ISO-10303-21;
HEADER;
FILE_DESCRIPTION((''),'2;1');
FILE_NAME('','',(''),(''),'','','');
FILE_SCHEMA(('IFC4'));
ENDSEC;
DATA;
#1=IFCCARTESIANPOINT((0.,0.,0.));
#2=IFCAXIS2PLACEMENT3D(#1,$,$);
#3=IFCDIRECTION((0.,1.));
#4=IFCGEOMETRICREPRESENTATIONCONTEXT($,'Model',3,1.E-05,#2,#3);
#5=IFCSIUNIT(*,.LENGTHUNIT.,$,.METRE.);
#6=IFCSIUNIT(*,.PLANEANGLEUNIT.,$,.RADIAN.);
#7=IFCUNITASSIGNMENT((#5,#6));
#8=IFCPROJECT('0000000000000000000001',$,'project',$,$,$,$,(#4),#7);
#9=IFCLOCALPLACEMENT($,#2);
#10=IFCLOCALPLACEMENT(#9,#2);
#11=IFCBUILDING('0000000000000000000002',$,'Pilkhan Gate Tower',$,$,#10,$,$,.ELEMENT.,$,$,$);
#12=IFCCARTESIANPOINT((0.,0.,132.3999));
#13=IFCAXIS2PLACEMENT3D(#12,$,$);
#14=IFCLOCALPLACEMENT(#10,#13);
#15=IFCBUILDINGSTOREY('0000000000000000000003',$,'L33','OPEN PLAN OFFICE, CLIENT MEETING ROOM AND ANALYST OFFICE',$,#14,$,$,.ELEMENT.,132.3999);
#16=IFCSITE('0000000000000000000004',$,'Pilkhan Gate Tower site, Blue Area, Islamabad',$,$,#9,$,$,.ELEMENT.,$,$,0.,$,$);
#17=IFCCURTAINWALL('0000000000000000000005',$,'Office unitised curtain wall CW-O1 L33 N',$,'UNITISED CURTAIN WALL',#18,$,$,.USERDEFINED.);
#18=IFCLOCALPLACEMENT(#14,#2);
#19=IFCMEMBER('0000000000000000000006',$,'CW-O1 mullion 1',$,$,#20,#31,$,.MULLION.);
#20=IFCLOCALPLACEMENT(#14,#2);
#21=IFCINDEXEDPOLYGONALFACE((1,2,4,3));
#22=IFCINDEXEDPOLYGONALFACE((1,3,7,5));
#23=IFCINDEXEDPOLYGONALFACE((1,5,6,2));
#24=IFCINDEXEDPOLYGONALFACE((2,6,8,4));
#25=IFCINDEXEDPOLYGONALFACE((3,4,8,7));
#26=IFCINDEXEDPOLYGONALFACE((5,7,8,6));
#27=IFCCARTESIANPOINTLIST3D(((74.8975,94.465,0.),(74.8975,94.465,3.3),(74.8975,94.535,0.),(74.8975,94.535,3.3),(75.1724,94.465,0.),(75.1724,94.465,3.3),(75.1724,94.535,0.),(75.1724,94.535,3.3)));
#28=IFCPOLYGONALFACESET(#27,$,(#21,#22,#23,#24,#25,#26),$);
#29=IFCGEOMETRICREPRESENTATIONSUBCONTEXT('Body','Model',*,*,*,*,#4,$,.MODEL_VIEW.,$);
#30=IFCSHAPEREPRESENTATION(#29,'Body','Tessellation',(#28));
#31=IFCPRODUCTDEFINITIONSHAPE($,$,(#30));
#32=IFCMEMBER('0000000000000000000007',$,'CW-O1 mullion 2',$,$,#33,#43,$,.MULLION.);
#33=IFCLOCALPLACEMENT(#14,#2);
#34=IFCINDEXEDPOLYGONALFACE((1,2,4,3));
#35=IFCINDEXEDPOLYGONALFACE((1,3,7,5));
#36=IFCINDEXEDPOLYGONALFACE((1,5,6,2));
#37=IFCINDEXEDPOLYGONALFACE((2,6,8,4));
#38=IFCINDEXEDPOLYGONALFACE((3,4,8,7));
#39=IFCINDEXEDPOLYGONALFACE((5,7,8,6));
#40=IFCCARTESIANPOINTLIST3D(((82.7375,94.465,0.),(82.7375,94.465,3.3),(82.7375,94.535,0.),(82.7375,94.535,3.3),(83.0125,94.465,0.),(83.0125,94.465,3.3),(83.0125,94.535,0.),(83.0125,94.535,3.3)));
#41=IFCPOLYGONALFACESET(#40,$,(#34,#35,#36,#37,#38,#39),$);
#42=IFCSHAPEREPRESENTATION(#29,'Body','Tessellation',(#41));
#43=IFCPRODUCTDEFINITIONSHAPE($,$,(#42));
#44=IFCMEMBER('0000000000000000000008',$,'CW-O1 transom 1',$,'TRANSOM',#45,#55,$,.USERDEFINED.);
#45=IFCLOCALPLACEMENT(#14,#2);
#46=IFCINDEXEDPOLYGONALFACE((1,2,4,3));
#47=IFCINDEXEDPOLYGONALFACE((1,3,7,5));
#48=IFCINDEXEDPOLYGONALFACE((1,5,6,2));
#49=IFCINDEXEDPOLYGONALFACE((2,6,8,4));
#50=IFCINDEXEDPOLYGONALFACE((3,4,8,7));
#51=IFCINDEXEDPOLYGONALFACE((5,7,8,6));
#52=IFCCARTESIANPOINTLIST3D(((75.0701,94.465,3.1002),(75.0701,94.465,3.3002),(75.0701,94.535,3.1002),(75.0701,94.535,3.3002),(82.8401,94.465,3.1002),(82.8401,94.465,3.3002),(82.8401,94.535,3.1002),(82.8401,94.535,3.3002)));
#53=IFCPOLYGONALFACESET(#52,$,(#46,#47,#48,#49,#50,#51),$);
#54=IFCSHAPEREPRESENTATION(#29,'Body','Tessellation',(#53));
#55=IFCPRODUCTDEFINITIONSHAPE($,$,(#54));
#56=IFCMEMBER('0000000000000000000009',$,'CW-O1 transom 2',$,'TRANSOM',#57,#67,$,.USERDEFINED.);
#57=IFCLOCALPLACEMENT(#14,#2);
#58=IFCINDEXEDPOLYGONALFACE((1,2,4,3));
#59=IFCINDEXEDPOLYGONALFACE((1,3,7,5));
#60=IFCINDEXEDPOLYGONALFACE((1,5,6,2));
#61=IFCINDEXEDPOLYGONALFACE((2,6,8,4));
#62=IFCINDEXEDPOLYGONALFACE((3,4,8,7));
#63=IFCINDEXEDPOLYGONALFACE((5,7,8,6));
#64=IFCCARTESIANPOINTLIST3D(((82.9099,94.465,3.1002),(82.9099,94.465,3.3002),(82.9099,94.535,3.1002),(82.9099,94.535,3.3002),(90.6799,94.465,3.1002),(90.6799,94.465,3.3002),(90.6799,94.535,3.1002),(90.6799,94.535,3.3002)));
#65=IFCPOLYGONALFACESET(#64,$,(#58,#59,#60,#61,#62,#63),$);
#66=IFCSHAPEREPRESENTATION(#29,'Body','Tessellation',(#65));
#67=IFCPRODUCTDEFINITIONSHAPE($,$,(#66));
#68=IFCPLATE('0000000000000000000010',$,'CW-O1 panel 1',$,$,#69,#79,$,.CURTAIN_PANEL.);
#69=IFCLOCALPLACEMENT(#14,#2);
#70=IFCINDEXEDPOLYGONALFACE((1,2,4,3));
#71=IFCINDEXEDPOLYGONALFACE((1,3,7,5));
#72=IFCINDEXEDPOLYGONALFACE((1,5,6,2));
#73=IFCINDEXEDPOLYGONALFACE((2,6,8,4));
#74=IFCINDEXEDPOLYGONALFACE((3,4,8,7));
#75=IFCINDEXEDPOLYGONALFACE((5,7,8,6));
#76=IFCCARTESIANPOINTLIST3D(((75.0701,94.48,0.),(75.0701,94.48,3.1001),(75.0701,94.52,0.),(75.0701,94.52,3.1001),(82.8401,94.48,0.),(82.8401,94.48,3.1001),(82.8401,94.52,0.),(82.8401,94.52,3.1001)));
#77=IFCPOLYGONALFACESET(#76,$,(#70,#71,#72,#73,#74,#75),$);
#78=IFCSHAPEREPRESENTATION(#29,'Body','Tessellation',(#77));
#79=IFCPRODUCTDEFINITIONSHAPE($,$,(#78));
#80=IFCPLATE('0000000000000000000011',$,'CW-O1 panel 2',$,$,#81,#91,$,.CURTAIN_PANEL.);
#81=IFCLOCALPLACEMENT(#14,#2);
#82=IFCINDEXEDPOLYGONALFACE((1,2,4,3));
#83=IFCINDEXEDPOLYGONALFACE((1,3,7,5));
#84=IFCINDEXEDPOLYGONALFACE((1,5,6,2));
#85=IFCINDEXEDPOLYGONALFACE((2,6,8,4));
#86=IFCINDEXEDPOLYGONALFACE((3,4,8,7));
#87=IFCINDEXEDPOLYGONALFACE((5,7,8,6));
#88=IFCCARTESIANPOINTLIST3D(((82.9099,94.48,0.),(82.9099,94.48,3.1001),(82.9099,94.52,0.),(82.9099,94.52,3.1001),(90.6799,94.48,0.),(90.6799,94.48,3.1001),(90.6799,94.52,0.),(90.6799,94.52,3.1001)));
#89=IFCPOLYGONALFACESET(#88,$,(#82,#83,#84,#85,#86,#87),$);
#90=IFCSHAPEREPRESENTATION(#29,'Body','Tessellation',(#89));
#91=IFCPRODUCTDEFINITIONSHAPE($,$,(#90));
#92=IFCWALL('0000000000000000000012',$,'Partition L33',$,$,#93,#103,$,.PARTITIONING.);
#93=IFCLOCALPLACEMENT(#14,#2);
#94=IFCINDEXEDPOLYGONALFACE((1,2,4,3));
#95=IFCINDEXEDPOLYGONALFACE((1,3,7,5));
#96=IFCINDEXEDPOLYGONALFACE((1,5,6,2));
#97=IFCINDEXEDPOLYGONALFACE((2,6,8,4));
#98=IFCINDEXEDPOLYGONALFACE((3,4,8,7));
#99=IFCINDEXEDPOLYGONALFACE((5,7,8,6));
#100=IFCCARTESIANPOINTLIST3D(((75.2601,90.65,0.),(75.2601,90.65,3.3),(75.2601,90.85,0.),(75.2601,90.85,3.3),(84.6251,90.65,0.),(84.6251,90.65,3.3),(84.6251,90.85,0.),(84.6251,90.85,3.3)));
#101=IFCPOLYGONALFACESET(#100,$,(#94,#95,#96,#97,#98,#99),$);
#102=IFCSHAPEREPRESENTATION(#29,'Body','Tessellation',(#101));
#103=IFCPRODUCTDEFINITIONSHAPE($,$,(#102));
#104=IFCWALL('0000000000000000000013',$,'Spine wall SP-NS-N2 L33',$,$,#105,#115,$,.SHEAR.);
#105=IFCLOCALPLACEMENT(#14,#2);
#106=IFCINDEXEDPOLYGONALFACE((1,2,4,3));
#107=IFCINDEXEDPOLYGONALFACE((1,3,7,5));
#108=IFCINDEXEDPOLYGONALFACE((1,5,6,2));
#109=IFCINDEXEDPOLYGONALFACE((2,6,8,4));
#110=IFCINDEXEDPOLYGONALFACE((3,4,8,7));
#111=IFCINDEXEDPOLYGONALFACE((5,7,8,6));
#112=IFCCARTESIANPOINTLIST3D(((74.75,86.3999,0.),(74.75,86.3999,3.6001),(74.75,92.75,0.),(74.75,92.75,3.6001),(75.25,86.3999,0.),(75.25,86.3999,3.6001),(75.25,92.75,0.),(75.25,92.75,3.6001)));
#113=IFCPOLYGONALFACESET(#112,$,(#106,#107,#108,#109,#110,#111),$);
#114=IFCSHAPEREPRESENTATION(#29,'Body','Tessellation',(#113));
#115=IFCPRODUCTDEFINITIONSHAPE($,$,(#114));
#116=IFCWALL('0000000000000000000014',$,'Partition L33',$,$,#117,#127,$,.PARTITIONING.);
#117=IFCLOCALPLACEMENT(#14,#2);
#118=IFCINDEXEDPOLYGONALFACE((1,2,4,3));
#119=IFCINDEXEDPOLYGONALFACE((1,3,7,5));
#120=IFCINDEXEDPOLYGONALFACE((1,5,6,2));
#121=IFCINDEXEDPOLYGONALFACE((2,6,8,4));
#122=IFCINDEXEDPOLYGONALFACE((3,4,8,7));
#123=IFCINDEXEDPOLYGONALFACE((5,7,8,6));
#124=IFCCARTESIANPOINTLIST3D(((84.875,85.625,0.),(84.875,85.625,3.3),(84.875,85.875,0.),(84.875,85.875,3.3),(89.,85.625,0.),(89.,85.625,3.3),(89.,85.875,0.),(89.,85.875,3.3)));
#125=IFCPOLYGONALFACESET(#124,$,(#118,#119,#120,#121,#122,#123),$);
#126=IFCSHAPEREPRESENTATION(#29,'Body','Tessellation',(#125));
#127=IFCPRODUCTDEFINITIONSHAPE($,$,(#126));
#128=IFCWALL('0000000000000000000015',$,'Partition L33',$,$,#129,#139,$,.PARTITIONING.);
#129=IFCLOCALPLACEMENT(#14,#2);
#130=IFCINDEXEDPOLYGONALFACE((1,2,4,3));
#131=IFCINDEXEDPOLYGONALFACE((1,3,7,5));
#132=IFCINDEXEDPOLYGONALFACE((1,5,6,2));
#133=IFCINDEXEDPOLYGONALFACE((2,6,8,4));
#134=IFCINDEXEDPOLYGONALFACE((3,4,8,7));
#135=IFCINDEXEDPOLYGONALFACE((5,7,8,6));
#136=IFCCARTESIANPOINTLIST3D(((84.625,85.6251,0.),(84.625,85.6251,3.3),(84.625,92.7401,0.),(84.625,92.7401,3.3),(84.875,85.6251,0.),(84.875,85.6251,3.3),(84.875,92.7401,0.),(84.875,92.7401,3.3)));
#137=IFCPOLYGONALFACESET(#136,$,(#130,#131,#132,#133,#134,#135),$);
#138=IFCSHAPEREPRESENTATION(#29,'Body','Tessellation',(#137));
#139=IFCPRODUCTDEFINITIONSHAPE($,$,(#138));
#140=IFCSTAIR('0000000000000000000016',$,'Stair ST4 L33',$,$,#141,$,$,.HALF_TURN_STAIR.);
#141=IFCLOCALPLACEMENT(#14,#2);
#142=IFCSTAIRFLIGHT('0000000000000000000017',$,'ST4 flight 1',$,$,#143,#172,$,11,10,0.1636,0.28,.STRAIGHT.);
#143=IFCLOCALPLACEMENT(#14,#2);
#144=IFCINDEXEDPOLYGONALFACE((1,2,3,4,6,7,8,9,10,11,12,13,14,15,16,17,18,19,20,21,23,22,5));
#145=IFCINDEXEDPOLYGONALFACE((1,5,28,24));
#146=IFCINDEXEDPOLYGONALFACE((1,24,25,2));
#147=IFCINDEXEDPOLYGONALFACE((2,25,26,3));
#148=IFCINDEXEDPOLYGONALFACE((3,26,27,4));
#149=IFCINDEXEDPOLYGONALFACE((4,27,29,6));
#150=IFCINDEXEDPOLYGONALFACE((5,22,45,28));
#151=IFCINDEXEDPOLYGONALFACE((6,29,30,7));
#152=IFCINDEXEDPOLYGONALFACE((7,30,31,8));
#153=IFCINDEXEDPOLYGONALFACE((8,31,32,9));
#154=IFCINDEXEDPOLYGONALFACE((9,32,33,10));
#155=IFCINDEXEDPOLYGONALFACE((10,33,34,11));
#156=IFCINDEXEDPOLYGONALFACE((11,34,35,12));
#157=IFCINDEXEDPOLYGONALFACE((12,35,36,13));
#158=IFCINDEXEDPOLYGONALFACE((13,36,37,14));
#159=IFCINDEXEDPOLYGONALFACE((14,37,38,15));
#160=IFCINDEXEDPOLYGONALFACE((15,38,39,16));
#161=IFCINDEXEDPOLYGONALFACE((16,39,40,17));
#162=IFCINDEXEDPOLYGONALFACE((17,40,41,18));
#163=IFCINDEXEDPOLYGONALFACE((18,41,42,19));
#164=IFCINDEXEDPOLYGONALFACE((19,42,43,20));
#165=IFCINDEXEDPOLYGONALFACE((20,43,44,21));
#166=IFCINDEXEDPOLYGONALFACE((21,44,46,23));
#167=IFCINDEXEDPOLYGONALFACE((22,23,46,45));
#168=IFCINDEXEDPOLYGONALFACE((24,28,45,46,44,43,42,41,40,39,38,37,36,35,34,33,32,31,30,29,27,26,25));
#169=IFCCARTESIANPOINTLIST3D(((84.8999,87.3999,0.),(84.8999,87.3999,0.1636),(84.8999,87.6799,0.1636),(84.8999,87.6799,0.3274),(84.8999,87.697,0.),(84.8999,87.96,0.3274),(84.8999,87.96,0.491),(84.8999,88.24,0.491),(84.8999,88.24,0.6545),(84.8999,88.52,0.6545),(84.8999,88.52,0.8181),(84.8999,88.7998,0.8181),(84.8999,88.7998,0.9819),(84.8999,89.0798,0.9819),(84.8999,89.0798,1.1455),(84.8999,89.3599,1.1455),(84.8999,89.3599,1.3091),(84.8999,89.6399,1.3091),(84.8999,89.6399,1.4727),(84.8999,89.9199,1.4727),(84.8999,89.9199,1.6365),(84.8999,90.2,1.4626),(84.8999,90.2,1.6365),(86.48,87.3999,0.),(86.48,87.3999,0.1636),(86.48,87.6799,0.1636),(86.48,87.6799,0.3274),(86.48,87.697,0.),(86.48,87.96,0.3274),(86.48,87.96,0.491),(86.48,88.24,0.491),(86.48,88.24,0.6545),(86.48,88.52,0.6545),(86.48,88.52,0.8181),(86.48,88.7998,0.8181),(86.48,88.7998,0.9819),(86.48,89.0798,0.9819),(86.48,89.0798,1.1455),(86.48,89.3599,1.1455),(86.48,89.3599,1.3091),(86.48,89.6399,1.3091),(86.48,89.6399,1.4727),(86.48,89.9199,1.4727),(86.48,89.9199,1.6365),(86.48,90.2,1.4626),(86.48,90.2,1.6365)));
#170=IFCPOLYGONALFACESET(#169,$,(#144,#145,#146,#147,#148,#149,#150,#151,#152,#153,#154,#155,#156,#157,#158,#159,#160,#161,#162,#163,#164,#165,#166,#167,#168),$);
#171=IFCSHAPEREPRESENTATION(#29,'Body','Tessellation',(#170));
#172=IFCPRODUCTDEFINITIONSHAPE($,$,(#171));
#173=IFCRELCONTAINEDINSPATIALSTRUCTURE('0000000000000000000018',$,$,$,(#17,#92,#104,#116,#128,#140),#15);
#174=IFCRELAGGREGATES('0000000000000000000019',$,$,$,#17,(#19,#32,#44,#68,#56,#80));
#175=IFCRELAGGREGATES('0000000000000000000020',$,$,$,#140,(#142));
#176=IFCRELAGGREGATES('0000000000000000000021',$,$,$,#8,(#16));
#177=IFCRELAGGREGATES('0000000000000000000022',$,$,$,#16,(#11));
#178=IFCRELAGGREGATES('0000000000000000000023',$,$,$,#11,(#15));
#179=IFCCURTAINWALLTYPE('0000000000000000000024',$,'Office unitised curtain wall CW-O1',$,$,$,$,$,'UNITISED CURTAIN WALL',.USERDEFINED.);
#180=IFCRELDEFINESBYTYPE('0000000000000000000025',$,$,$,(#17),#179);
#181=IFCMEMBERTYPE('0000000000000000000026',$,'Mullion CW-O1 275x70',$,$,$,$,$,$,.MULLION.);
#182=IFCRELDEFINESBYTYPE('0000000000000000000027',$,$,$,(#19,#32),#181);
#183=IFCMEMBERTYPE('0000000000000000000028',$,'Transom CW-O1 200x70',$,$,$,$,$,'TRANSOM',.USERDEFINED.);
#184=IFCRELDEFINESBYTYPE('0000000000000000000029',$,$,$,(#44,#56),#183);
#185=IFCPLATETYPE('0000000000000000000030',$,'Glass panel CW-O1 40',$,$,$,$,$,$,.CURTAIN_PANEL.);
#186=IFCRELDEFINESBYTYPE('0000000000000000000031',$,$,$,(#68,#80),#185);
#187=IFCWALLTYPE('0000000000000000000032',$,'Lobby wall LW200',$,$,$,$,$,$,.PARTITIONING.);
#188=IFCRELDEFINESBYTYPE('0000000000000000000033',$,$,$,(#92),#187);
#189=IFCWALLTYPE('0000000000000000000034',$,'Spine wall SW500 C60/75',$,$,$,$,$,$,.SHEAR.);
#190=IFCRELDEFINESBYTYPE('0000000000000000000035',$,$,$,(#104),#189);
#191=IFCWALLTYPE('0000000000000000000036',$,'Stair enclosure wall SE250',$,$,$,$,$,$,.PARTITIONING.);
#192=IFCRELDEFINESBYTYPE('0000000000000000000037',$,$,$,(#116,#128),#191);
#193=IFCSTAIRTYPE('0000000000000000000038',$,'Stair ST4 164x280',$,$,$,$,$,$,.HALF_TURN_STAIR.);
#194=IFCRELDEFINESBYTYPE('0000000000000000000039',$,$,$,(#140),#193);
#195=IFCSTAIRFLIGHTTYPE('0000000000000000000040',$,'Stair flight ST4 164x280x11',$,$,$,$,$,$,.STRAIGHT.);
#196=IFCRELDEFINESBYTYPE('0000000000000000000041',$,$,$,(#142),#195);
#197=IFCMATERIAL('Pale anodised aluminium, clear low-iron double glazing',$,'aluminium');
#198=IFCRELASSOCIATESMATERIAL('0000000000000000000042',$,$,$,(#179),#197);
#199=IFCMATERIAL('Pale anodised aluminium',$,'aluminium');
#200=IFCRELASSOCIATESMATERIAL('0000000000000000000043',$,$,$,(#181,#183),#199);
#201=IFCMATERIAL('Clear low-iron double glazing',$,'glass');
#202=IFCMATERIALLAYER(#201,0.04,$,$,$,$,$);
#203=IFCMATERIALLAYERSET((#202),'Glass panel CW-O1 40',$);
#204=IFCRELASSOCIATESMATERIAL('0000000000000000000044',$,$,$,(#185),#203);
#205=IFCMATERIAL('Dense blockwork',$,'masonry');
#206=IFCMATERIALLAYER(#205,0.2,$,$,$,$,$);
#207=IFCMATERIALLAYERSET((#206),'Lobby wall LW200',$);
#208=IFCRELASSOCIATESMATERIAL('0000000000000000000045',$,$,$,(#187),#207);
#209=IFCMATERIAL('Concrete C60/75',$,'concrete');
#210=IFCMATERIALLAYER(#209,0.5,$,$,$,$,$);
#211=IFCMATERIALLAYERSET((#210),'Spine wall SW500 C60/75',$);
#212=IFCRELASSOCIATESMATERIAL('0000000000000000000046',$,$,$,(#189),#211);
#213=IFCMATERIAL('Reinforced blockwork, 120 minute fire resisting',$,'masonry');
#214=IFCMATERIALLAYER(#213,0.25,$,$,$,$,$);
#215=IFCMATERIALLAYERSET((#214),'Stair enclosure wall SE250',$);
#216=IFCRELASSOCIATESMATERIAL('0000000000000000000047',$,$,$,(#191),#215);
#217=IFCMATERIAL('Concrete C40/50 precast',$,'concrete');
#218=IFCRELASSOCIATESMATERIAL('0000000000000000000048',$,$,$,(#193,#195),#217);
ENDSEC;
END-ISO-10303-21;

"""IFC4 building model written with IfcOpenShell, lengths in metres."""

from ifc_helpers import new_model, si_unit, direction, frame, frame_2d, origin, origin_2d, place, context, subcontext, project, spatial, polyline, rectangle, outline, extrude, material, layer, layer_set, material_profile, profile_set, type_object, element, aggregate, save


model = new_model("IFC4")

# Units and contexts
model_context = context("Model", 3, precision=1e-05, world=origin(), true_north=direction((0.0, 1.0)))
body_context = subcontext(model_context, "Body", "Model", "MODEL_VIEW")
ifc_project = project(units=[si_unit("LENGTHUNIT", "METRE"), si_unit("PLANEANGLEUNIT", "RADIAN")], contexts=[model_context])

# Site, building, storey
site_placement = place(None, origin())
site = spatial("IfcSite", under=ifc_project, at=site_placement, Name="Pilkhan Gate Tower site, Blue Area, Islamabad", CompositionType="ELEMENT", RefElevation=0.0)
building_placement = place(site_placement, origin())
building = spatial("IfcBuilding", under=site, at=building_placement, Name="Pilkhan Gate Tower", CompositionType="ELEMENT")
storey_placement = place(building_placement, frame((0.0, 0.0, 132.3999)))
storey = spatial("IfcBuildingStorey", under=building, at=storey_placement, Name="L33", Description="OPEN PLAN OFFICE, CLIENT MEETING ROOM AND ANALYST OFFICE", CompositionType="ELEMENT", Elevation=132.3999)

# Curtain wall, members, plates
ifc_material_1 = material(Name="Pale anodised aluminium, clear low-iron double glazing", Category="aluminium")
curtain_wall_type = type_object("IfcCurtainWallType", Name="Office unitised curtain wall CW-O1", ElementType="UNITISED CURTAIN WALL", PredefinedType="USERDEFINED", material=ifc_material_1)
curtain_wall_placement = place(storey_placement, origin())
curtain_wall = element("IfcCurtainWall", 1, at=curtain_wall_placement, inside=storey, type_object=curtain_wall_type, Name="Office unitised curtain wall CW-O1 L33 N", ObjectType="UNITISED CURTAIN WALL", PredefinedType="USERDEFINED")
ifc_material_2 = material(Name="Pale anodised aluminium", Category="aluminium")
ifc_material_profile_1 = material_profile(ifc_material_2, rectangle(XDim=0.0701, YDim=0.2749, at=origin_2d()), Name="Mullion 275x70")
ifc_profile_set_1 = profile_set([ifc_material_profile_1], Name="Pale anodised aluminium")
member_type_1 = type_object("IfcMemberType", Name="Mullion CW-O1 275x70", PredefinedType="MULLION", material=ifc_profile_set_1)
member_1_placement = place(storey_placement, frame((75.0349, 94.5, 0.0), z_axis=(0.0, 0.0, 1.0), x_axis=(0.0, 1.0, 0.0)))
member_1 = element("IfcMember", 2, at=member_1_placement, type_object=member_type_1, Name="CW-O1 mullion 1", PredefinedType="MULLION", context=body_context, shape_type="SweptSolid", body=[
    extrude(rectangle(XDim=0.0701, YDim=0.2749, at=origin_2d()), origin(), (0.0, 0.0, 1.0), 3.3),
])
member_2_placement = place(storey_placement, frame((82.875, 94.5, 0.0), z_axis=(0.0, 0.0, 1.0), x_axis=(0.0, 1.0, 0.0)))
member_2 = element("IfcMember", 3, at=member_2_placement, type_object=member_type_1, Name="CW-O1 mullion 2", PredefinedType="MULLION", context=body_context, shape_type="SweptSolid", body=[
    extrude(rectangle(XDim=0.0701, YDim=0.2749, at=origin_2d()), origin(), (0.0, 0.0, 1.0), 3.3),
])
ifc_material_profile_2 = material_profile(ifc_material_2, rectangle(XDim=0.0701, YDim=0.2, at=origin_2d()), Name="Transom 200x70")
ifc_profile_set_2 = profile_set([ifc_material_profile_2], Name="Pale anodised aluminium")
member_type_2 = type_object("IfcMemberType", Name="Transom CW-O1 200x70", ElementType="TRANSOM", PredefinedType="USERDEFINED", material=ifc_profile_set_2)
member_3_placement = place(storey_placement, frame((75.0701, 94.5, 3.2002), z_axis=(1.0, 0.0, 0.0), x_axis=(0.0, 1.0, 0.0)))
member_3 = element("IfcMember", 4, at=member_3_placement, type_object=member_type_2, Name="CW-O1 transom 1", ObjectType="TRANSOM", PredefinedType="USERDEFINED", context=body_context, shape_type="SweptSolid", body=[
    extrude(rectangle(XDim=0.0701, YDim=0.2, at=origin_2d()), origin(), (0.0, 0.0, 1.0), 7.77),
])
member_4_placement = place(storey_placement, frame((82.9099, 94.5, 3.2002), z_axis=(1.0, 0.0, 0.0), x_axis=(0.0, 1.0, 0.0)))
member_4 = element("IfcMember", 5, at=member_4_placement, type_object=member_type_2, Name="CW-O1 transom 2", ObjectType="TRANSOM", PredefinedType="USERDEFINED", context=body_context, shape_type="SweptSolid", body=[
    extrude(rectangle(XDim=0.0701, YDim=0.2, at=origin_2d()), origin(), (0.0, 0.0, 1.0), 7.77),
])
ifc_material_3 = material(Name="Clear low-iron double glazing", Category="glass")
ifc_layer_1 = layer(ifc_material_3, 0.04)
ifc_layer_set_1 = layer_set([ifc_layer_1], Name="Glass panel CW-O1 40")
plate_type = type_object("IfcPlateType", Name="Glass panel CW-O1 40", PredefinedType="CURTAIN_PANEL", material=ifc_layer_set_1)
plate_1_placement = place(storey_placement, frame((78.9551, 94.5, 0.0), z_axis=(0.0, 0.0, 1.0), x_axis=(1.0, 0.0, 0.0)))
plate_1 = element("IfcPlate", 6, at=plate_1_placement, type_object=plate_type, Name="CW-O1 panel 1", PredefinedType="CURTAIN_PANEL", context=body_context, shape_type="SweptSolid", body=[
    extrude(rectangle(XDim=7.77, YDim=0.04, at=origin_2d()), origin(), (0.0, 0.0, 1.0), 3.1001),
])
plate_2_placement = place(storey_placement, frame((86.7949, 94.5, 0.0), z_axis=(0.0, 0.0, 1.0), x_axis=(1.0, 0.0, 0.0)))
plate_2 = element("IfcPlate", 7, at=plate_2_placement, type_object=plate_type, Name="CW-O1 panel 2", PredefinedType="CURTAIN_PANEL", context=body_context, shape_type="SweptSolid", body=[
    extrude(rectangle(XDim=7.77, YDim=0.04, at=origin_2d()), origin(), (0.0, 0.0, 1.0), 3.1001),
])
aggregate(curtain_wall, [member_1, member_2, member_3, plate_1, member_4, plate_2])

# Walls
ifc_material_4 = material(Name="Dense blockwork", Category="masonry")
ifc_layer_2 = layer(ifc_material_4, 0.2)
ifc_layer_set_2 = layer_set([ifc_layer_2], Name="Lobby wall LW200")
wall_type_1 = type_object("IfcWallType", Name="Lobby wall LW200", PredefinedType="PARTITIONING", material=ifc_layer_set_2)
wall_1_placement = place(storey_placement, frame((75.26, 90.75, 0.0), z_axis=(0.0, 0.0, 1.0), x_axis=(1.0, 0.0, 0.0)))
element("IfcWall", 8, at=wall_1_placement, inside=storey, type_object=wall_type_1, Name="Partition L33", PredefinedType="PARTITIONING", context=body_context, shape_type="SweptSolid", body=[
    extrude(rectangle(XDim=9.365, YDim=0.2, at=frame_2d((4.6826, 0.0))), origin(), (0.0, 0.0, 1.0), 3.3),
])
ifc_material_5 = material(Name="Concrete C60/75", Category="concrete")
ifc_layer_3 = layer(ifc_material_5, 0.5)
ifc_layer_set_3 = layer_set([ifc_layer_3], Name="Spine wall SW500 C60/75")
wall_type_2 = type_object("IfcWallType", Name="Spine wall SW500 C60/75", PredefinedType="SHEAR", material=ifc_layer_set_3)
wall_2_placement = place(storey_placement, frame((75.0, 86.3999, 0.0), z_axis=(0.0, 0.0, 1.0), x_axis=(0.0, 1.0, 0.0)))
element("IfcWall", 9, at=wall_2_placement, inside=storey, type_object=wall_type_2, Name="Spine wall SP-NS-N2 L33", PredefinedType="SHEAR", context=body_context, shape_type="SweptSolid", body=[
    extrude(rectangle(XDim=6.3501, YDim=0.5, at=frame_2d((3.175, 0.0))), origin(), (0.0, 0.0, 1.0), 3.6001),
])
ifc_material_6 = material(Name="Reinforced blockwork, 120 minute fire resisting", Category="masonry")
ifc_layer_4 = layer(ifc_material_6, 0.25)
ifc_layer_set_4 = layer_set([ifc_layer_4], Name="Stair enclosure wall SE250")
wall_type_3 = type_object("IfcWallType", Name="Stair enclosure wall SE250", PredefinedType="PARTITIONING", material=ifc_layer_set_4)
wall_3_placement = place(storey_placement, frame((84.875, 85.75, 0.0), z_axis=(0.0, 0.0, 1.0), x_axis=(1.0, 0.0, 0.0)))
element("IfcWall", 10, at=wall_3_placement, inside=storey, type_object=wall_type_3, Name="Partition L33", PredefinedType="PARTITIONING", context=body_context, shape_type="SweptSolid", body=[
    extrude(rectangle(XDim=4.125, YDim=0.25, at=frame_2d((2.0625, 0.0))), origin(), (0.0, 0.0, 1.0), 3.3),
])
wall_4_placement = place(storey_placement, frame((84.75, 85.625, 0.0), z_axis=(0.0, 0.0, 1.0), x_axis=(0.0, 1.0, 0.0)))
element("IfcWall", 11, at=wall_4_placement, inside=storey, type_object=wall_type_3, Name="Partition L33", PredefinedType="PARTITIONING", context=body_context, shape_type="SweptSolid", body=[
    extrude(rectangle(XDim=7.115, YDim=0.25, at=frame_2d((3.5576, 0.0))), origin(), (0.0, 0.0, 1.0), 3.3),
])

# Stair, stair flight
ifc_material_7 = material(Name="Concrete C40/50 precast", Category="concrete")
stair_type = type_object("IfcStairType", Name="Stair ST4 164x280", PredefinedType="HALF_TURN_STAIR", material=ifc_material_7)
stair_placement = place(storey_placement, origin())
stair = element("IfcStair", 12, at=stair_placement, inside=storey, type_object=stair_type, Name="Stair ST4 L33", PredefinedType="HALF_TURN_STAIR")
stair_flight_type = type_object("IfcStairFlightType", Name="Stair flight ST4 164x280x11", PredefinedType="STRAIGHT", material=ifc_material_7)
stair_flight_1_placement = place(storey_placement, frame((85.6899, 87.3999, 0.0), z_axis=(0.0, 0.0, 1.0), x_axis=(0.0, 1.0, 0.0)))
stair_flight_1 = element("IfcStairFlight", 13, at=stair_flight_1_placement, type_object=stair_flight_type, Name="ST4 flight 1", NumberOfRisers=11, NumberOfTreads=10, PredefinedType="STRAIGHT", RiserHeight=0.1636, TreadLength=0.28, context=body_context, shape_type="SweptSolid", body=[
    extrude(outline(polyline([(0.0, 0.0), (0.0, 0.1636), (0.28, 0.1636), (0.28, 0.3274), (0.5601, 0.3274), (0.5601, 0.491), (0.8401, 0.491), (0.8401, 0.6545), (1.1201, 0.6545), (1.1201, 0.8181), (1.3999, 0.8181), (1.3999, 0.9819), (1.6799, 0.9819), (1.6799, 1.1455), (1.96, 1.1455), (1.96, 1.3091), (2.24, 1.3091), (2.24, 1.4727), (2.52, 1.4727), (2.52, 1.6365), (2.8, 1.6365), (2.8, 1.8), (2.8, 1.4626), (0.2971, 0.0), (0.0, 0.0)])), frame((0.0, 0.79, 0.0), z_axis=(0.0, -1.0, 0.0), x_axis=(1.0, 0.0, 0.0)), (0.0, 0.0, 1.0), 1.5801),
])
aggregate(stair, [stair_flight_1])

save(model, "model.ifc")
